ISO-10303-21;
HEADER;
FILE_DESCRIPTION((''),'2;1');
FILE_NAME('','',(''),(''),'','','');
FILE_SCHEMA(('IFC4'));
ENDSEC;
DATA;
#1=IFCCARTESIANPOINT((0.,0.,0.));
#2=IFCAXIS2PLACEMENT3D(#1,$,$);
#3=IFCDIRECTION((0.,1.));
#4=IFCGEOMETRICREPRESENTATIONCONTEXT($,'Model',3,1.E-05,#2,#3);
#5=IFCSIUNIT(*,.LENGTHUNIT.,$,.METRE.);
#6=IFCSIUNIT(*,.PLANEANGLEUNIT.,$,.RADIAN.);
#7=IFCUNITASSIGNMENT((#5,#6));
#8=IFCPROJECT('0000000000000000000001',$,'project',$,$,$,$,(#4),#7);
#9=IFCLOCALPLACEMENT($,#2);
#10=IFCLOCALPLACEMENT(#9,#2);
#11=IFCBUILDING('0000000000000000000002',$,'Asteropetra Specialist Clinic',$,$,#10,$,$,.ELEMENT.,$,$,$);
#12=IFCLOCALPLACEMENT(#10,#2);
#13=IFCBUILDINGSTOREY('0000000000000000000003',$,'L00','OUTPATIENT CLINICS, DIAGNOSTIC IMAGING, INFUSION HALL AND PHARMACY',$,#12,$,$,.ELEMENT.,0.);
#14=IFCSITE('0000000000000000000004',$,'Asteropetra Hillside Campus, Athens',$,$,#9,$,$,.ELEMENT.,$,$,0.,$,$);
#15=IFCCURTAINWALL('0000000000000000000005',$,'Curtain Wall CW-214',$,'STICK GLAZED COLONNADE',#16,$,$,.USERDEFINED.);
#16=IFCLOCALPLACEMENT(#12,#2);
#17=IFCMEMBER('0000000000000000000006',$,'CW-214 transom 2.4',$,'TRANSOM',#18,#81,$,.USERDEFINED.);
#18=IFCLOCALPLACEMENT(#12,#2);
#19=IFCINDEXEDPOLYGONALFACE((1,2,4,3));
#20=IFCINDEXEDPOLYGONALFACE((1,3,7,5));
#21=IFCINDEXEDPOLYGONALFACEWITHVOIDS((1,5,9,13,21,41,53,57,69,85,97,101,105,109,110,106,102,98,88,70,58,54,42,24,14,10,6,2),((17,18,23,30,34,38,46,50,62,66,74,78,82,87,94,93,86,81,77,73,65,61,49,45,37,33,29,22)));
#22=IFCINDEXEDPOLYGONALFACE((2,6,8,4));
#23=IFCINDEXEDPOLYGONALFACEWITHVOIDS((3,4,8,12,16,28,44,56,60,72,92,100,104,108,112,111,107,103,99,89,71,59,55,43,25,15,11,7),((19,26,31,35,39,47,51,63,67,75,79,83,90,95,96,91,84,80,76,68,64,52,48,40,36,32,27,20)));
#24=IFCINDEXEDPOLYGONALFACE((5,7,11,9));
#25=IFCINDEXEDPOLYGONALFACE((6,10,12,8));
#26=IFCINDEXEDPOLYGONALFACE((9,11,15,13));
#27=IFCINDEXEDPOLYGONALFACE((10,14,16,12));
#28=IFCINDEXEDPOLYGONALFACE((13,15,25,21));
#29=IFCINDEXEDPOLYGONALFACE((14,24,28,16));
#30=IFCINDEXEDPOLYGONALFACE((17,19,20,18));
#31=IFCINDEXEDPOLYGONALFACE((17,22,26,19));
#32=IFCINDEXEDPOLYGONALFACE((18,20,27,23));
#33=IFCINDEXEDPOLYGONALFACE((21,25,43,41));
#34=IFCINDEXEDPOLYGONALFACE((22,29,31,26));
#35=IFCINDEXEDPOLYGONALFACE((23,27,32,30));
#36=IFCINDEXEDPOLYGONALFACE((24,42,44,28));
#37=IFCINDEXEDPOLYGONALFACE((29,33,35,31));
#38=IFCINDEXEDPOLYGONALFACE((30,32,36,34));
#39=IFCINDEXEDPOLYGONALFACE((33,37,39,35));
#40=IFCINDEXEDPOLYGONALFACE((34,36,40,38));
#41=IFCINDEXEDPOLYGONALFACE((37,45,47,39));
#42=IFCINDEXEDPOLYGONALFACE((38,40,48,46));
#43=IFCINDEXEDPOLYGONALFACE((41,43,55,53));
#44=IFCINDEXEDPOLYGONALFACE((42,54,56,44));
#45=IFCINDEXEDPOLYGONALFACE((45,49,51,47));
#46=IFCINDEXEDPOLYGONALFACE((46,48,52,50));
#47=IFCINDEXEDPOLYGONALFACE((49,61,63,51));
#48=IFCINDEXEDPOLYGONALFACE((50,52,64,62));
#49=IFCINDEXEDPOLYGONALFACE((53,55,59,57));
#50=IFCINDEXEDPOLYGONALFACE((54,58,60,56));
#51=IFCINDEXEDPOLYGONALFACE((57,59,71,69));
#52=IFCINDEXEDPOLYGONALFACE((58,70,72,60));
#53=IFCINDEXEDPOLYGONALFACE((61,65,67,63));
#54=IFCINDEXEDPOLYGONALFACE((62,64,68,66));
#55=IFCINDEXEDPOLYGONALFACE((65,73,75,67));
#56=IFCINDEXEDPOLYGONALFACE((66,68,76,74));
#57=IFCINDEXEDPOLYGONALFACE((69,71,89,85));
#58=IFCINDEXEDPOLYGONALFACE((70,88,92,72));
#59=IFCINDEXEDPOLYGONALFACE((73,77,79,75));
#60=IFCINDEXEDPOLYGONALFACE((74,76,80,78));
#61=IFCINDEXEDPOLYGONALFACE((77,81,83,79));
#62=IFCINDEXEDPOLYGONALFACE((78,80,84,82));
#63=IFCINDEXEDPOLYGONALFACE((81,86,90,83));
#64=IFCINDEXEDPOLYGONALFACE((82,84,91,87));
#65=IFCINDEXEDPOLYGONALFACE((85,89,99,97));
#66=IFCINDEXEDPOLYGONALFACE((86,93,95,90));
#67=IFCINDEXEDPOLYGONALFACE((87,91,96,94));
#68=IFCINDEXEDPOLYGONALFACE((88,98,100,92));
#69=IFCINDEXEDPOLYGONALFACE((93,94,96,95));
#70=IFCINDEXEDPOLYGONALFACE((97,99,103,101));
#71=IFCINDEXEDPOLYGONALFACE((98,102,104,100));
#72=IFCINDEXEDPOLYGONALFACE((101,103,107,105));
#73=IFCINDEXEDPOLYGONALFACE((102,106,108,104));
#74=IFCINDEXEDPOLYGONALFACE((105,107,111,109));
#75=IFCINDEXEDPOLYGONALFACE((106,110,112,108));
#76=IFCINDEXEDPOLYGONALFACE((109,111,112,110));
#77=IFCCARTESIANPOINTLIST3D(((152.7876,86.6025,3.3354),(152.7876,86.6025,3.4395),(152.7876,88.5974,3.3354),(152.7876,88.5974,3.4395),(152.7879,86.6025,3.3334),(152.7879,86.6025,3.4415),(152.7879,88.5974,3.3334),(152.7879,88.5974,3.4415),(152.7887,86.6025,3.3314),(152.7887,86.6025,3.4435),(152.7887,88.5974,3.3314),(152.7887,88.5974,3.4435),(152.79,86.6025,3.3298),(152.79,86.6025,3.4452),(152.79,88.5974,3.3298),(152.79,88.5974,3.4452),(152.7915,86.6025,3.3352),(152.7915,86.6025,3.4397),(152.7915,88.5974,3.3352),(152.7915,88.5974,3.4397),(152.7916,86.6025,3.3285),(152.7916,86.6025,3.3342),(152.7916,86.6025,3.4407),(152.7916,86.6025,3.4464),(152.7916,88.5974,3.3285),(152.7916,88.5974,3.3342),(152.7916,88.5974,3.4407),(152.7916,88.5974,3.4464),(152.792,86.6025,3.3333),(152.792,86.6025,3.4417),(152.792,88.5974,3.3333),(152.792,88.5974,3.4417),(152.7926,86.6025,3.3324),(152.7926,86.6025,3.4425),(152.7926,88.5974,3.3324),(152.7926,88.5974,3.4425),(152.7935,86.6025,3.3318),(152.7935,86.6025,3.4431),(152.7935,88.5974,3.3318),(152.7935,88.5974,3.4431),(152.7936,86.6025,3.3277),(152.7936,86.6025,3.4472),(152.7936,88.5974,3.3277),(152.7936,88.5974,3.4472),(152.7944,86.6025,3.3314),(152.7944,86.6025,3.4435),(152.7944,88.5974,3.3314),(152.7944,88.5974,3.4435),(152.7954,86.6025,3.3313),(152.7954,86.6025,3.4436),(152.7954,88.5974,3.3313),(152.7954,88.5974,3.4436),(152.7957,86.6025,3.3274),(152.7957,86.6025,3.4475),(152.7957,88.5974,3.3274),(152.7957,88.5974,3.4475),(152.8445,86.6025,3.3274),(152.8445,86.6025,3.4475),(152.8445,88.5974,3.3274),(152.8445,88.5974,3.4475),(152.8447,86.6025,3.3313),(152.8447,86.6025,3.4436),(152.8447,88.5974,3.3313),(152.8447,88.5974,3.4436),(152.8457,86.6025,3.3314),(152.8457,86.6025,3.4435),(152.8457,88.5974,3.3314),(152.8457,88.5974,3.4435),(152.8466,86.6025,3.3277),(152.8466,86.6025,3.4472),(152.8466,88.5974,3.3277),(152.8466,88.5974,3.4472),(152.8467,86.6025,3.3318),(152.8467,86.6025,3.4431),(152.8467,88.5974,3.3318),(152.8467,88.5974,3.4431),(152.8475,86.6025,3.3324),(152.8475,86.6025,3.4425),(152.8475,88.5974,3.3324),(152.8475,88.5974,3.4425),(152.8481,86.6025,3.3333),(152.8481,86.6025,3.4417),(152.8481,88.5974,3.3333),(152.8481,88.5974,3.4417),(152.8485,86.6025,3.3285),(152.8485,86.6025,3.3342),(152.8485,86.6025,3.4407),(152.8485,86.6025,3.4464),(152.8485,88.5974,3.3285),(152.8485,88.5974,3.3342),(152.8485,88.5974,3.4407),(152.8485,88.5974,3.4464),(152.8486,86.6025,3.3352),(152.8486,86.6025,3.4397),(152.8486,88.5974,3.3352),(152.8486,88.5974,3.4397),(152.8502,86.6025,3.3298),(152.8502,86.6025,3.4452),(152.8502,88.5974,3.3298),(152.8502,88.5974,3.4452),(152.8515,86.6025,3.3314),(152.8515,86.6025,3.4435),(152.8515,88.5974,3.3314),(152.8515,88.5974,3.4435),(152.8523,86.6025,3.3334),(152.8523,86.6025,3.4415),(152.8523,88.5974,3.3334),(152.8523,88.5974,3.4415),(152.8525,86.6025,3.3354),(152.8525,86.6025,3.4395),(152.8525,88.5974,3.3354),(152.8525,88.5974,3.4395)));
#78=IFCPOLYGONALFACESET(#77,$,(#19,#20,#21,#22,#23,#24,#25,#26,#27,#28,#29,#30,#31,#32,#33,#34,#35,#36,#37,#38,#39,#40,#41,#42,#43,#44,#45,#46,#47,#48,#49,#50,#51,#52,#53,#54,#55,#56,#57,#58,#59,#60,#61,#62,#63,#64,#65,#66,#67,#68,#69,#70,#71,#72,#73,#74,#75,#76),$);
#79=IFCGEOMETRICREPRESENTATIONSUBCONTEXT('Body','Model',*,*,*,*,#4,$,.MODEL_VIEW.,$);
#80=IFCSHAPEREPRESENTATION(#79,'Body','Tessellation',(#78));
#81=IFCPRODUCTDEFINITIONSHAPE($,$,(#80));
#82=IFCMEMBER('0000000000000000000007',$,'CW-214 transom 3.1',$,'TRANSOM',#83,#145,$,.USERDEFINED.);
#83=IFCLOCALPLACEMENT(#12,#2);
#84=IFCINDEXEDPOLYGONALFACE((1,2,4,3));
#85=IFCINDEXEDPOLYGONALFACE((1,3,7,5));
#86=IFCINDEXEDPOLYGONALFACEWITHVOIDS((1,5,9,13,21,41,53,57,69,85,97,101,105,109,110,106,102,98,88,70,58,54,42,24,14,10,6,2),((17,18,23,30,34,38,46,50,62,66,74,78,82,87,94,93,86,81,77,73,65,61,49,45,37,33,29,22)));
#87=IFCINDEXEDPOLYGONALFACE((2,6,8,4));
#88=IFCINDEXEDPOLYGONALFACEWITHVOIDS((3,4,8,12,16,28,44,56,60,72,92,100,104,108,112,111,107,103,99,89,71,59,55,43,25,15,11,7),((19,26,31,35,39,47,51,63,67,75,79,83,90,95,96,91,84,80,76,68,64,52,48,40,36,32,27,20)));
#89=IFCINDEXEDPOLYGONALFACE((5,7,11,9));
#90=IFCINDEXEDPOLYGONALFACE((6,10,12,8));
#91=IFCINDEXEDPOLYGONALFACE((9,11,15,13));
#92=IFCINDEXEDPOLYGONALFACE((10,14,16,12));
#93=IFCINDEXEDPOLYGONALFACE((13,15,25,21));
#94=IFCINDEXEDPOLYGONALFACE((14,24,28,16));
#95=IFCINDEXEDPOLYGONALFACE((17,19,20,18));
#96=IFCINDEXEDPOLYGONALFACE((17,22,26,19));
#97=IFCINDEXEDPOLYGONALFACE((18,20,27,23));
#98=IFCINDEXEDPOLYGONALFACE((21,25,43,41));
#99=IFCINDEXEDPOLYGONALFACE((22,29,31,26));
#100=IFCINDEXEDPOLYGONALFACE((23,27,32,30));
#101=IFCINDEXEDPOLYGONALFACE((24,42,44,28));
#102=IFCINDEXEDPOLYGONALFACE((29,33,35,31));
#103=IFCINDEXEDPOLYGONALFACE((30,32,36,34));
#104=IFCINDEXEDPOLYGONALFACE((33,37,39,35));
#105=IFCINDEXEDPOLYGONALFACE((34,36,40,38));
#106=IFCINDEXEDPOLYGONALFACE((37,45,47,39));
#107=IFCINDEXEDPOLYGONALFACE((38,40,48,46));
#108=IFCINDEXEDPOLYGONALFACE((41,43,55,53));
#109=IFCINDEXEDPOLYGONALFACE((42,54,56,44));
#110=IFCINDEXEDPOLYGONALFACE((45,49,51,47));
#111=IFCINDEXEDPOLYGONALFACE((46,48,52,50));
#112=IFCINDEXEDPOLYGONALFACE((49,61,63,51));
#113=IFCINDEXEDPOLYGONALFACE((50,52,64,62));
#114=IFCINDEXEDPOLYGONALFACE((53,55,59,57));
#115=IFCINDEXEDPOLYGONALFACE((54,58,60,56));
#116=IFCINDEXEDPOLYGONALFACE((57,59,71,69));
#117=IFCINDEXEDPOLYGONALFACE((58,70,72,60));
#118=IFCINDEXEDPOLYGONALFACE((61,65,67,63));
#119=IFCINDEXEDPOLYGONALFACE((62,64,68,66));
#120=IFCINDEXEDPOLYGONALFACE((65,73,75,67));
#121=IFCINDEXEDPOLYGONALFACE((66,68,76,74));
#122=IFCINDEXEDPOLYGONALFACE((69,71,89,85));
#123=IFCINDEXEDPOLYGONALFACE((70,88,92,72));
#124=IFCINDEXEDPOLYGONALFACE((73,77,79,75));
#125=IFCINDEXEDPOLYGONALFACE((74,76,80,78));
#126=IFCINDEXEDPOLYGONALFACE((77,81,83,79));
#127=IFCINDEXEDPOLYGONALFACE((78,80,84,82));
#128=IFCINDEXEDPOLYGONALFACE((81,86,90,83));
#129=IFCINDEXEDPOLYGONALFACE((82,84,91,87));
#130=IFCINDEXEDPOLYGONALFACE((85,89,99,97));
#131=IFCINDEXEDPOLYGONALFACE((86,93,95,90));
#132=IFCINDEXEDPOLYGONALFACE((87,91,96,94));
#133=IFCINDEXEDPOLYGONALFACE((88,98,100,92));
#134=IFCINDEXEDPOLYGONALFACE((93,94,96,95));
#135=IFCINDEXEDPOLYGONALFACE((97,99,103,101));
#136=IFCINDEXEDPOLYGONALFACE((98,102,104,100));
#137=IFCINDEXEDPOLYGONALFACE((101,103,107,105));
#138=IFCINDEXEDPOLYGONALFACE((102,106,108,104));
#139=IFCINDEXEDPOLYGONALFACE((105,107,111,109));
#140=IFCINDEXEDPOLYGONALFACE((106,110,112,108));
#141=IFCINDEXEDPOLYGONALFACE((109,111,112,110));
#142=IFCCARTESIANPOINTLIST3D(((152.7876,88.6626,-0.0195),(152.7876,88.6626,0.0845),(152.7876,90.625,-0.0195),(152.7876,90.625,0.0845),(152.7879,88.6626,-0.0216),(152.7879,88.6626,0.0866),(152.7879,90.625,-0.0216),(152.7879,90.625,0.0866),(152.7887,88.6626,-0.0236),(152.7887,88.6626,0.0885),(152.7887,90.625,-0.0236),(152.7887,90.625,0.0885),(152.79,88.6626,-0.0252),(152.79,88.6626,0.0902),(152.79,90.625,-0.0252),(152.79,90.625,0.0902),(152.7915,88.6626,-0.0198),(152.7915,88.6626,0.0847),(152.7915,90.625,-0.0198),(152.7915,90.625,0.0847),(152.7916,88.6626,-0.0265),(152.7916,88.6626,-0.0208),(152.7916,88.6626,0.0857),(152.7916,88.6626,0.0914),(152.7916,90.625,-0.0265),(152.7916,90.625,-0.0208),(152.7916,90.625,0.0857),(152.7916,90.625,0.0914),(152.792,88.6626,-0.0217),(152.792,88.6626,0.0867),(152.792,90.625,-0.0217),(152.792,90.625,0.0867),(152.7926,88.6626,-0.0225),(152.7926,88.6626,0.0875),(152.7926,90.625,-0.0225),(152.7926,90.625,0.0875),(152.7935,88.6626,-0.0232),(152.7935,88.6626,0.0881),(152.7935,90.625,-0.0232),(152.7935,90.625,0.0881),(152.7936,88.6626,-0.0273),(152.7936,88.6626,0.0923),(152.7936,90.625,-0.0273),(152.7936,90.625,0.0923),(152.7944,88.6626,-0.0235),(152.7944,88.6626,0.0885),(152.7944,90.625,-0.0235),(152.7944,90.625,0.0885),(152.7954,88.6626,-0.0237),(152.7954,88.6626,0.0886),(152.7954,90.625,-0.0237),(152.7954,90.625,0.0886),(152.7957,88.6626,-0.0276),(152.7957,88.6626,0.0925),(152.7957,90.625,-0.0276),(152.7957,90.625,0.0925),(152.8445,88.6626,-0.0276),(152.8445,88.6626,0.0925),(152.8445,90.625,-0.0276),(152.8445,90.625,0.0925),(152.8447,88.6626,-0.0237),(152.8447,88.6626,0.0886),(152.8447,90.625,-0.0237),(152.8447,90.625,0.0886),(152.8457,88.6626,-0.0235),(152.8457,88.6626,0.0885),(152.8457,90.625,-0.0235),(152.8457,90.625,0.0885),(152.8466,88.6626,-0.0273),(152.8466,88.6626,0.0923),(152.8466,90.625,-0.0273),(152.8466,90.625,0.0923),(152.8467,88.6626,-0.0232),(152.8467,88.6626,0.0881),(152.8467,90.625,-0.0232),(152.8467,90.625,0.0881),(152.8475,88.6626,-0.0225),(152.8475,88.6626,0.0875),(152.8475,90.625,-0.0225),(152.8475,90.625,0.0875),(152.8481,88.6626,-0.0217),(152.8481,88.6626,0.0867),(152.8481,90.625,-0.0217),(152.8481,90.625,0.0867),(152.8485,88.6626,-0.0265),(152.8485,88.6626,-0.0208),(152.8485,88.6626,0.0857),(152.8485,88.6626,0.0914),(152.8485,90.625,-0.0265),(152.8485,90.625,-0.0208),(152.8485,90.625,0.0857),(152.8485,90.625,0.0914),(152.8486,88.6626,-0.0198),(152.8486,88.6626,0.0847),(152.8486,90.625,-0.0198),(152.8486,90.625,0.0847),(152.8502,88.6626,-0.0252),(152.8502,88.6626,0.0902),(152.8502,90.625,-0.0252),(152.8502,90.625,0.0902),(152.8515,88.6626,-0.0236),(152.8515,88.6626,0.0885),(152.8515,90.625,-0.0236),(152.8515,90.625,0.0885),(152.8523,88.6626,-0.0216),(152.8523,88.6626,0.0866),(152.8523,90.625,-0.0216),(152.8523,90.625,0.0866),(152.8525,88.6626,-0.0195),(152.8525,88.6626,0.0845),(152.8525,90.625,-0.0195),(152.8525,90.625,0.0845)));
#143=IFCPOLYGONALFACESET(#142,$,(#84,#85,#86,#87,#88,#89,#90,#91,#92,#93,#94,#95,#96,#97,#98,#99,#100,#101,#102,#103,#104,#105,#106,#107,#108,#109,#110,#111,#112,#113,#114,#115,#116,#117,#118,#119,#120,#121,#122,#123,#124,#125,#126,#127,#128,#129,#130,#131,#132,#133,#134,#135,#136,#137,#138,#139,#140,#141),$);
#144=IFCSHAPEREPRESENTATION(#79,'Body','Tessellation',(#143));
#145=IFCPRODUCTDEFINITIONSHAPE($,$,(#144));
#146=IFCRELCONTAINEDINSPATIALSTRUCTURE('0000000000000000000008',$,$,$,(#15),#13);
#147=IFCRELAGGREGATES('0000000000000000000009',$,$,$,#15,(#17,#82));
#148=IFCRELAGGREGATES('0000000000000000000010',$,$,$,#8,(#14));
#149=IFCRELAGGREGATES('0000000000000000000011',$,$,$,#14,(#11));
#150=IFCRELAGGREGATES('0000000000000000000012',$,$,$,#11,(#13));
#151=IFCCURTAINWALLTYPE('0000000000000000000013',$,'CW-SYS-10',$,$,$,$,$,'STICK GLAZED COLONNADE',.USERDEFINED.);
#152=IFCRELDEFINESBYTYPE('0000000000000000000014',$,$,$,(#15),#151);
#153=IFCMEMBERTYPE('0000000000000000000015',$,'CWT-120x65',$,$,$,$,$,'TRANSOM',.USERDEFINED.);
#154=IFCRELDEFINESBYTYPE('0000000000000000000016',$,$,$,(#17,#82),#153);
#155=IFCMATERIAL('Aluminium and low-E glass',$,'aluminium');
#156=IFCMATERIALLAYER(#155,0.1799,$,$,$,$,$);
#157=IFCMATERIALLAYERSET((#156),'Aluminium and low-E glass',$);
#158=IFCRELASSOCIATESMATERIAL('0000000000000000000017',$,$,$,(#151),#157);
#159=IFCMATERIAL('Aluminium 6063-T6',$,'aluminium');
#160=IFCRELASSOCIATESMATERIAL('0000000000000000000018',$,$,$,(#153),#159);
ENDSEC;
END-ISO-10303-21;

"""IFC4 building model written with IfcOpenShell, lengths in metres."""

from ifc_helpers import new_model, si_unit, direction, frame, origin, origin_2d, place, context, subcontext, project, spatial, hollow_rectangle, extrude, material, layer, layer_set, material_profile, profile_set, type_object, element, aggregate, save


model = new_model("IFC4")

# Units and contexts
model_context = context("Model", 3, precision=1e-05, world=origin(), true_north=direction((0.0, 1.0)))
body_context = subcontext(model_context, "Body", "Model", "MODEL_VIEW")
ifc_project = project(units=[si_unit("LENGTHUNIT", "METRE"), si_unit("PLANEANGLEUNIT", "RADIAN")], contexts=[model_context])

# Site, building, storey
site_placement = place(None, origin())
site = spatial("IfcSite", under=ifc_project, at=site_placement, Name="Asteropetra Hillside Campus, Athens", CompositionType="ELEMENT", RefElevation=0.0)
building_placement = place(site_placement, origin())
building = spatial("IfcBuilding", under=site, at=building_placement, Name="Asteropetra Specialist Clinic", CompositionType="ELEMENT")
storey_placement = place(building_placement, origin())
storey = spatial("IfcBuildingStorey", under=building, at=storey_placement, Name="L00", Description="OUTPATIENT CLINICS, DIAGNOSTIC IMAGING, INFUSION HALL AND PHARMACY", CompositionType="ELEMENT", Elevation=0.0)

# Curtain wall, members
ifc_material_1 = material(Name="Aluminium and low-E glass", Category="aluminium")
ifc_layer_1 = layer(ifc_material_1, 0.1799)
ifc_layer_set_1 = layer_set([ifc_layer_1], Name="Aluminium and low-E glass")
curtain_wall_type = type_object("IfcCurtainWallType", Name="CW-SYS-10", ElementType="STICK GLAZED COLONNADE", PredefinedType="USERDEFINED", material=ifc_layer_set_1)
curtain_wall_placement = place(storey_placement, origin())
curtain_wall = element("IfcCurtainWall", 1, at=curtain_wall_placement, inside=storey, type_object=curtain_wall_type, Name="Curtain Wall CW-214", ObjectType="STICK GLAZED COLONNADE", PredefinedType="USERDEFINED")
ifc_material_2 = material(Name="Aluminium 6063-T6", Category="aluminium")
ifc_material_profile_1 = material_profile(ifc_material_2, hollow_rectangle(XDim=0.0649, YDim=0.1201, WallThickness=0.0039, InnerFilletRadius=0.0039, OuterFilletRadius=0.0081, at=origin_2d()), Name="TRN 120x65x4.0")
ifc_profile_set_1 = profile_set([ifc_material_profile_1], Name="Aluminium 6063-T6")
member_type_1 = type_object("IfcMemberType", Name="CWT-120x65", ElementType="TRANSOM", PredefinedType="USERDEFINED", material=ifc_profile_set_1)
member_1_placement = place(storey_placement, frame((152.8201, 86.6025, 3.3875), z_axis=(0.0, 1.0, 0.0), x_axis=(-1.0, 0.0, 0.0)))
member_1 = element("IfcMember", 2, at=member_1_placement, type_object=member_type_1, Name="CW-214 transom 2.4", ObjectType="TRANSOM", PredefinedType="USERDEFINED", context=body_context, shape_type="SweptSolid", body=[
    extrude(hollow_rectangle(XDim=0.0649, YDim=0.1201, WallThickness=0.0039, InnerFilletRadius=0.0039, OuterFilletRadius=0.0081, at=origin_2d()), origin(), (0.0, 0.0, 1.0), 1.9949),
])
member_2_placement = place(storey_placement, frame((152.8201, 88.6626, 0.0325), z_axis=(0.0, 1.0, 0.0), x_axis=(-1.0, 0.0, 0.0)))
member_2 = element("IfcMember", 3, at=member_2_placement, type_object=member_type_1, Name="CW-214 transom 3.1", ObjectType="TRANSOM", PredefinedType="USERDEFINED", context=body_context, shape_type="SweptSolid", body=[
    extrude(hollow_rectangle(XDim=0.0649, YDim=0.1201, WallThickness=0.0039, InnerFilletRadius=0.0039, OuterFilletRadius=0.0081, at=origin_2d()), origin(), (0.0, 0.0, 1.0), 1.9624),
])
aggregate(curtain_wall, [member_1, member_2])

save(model, "model.ifc")
